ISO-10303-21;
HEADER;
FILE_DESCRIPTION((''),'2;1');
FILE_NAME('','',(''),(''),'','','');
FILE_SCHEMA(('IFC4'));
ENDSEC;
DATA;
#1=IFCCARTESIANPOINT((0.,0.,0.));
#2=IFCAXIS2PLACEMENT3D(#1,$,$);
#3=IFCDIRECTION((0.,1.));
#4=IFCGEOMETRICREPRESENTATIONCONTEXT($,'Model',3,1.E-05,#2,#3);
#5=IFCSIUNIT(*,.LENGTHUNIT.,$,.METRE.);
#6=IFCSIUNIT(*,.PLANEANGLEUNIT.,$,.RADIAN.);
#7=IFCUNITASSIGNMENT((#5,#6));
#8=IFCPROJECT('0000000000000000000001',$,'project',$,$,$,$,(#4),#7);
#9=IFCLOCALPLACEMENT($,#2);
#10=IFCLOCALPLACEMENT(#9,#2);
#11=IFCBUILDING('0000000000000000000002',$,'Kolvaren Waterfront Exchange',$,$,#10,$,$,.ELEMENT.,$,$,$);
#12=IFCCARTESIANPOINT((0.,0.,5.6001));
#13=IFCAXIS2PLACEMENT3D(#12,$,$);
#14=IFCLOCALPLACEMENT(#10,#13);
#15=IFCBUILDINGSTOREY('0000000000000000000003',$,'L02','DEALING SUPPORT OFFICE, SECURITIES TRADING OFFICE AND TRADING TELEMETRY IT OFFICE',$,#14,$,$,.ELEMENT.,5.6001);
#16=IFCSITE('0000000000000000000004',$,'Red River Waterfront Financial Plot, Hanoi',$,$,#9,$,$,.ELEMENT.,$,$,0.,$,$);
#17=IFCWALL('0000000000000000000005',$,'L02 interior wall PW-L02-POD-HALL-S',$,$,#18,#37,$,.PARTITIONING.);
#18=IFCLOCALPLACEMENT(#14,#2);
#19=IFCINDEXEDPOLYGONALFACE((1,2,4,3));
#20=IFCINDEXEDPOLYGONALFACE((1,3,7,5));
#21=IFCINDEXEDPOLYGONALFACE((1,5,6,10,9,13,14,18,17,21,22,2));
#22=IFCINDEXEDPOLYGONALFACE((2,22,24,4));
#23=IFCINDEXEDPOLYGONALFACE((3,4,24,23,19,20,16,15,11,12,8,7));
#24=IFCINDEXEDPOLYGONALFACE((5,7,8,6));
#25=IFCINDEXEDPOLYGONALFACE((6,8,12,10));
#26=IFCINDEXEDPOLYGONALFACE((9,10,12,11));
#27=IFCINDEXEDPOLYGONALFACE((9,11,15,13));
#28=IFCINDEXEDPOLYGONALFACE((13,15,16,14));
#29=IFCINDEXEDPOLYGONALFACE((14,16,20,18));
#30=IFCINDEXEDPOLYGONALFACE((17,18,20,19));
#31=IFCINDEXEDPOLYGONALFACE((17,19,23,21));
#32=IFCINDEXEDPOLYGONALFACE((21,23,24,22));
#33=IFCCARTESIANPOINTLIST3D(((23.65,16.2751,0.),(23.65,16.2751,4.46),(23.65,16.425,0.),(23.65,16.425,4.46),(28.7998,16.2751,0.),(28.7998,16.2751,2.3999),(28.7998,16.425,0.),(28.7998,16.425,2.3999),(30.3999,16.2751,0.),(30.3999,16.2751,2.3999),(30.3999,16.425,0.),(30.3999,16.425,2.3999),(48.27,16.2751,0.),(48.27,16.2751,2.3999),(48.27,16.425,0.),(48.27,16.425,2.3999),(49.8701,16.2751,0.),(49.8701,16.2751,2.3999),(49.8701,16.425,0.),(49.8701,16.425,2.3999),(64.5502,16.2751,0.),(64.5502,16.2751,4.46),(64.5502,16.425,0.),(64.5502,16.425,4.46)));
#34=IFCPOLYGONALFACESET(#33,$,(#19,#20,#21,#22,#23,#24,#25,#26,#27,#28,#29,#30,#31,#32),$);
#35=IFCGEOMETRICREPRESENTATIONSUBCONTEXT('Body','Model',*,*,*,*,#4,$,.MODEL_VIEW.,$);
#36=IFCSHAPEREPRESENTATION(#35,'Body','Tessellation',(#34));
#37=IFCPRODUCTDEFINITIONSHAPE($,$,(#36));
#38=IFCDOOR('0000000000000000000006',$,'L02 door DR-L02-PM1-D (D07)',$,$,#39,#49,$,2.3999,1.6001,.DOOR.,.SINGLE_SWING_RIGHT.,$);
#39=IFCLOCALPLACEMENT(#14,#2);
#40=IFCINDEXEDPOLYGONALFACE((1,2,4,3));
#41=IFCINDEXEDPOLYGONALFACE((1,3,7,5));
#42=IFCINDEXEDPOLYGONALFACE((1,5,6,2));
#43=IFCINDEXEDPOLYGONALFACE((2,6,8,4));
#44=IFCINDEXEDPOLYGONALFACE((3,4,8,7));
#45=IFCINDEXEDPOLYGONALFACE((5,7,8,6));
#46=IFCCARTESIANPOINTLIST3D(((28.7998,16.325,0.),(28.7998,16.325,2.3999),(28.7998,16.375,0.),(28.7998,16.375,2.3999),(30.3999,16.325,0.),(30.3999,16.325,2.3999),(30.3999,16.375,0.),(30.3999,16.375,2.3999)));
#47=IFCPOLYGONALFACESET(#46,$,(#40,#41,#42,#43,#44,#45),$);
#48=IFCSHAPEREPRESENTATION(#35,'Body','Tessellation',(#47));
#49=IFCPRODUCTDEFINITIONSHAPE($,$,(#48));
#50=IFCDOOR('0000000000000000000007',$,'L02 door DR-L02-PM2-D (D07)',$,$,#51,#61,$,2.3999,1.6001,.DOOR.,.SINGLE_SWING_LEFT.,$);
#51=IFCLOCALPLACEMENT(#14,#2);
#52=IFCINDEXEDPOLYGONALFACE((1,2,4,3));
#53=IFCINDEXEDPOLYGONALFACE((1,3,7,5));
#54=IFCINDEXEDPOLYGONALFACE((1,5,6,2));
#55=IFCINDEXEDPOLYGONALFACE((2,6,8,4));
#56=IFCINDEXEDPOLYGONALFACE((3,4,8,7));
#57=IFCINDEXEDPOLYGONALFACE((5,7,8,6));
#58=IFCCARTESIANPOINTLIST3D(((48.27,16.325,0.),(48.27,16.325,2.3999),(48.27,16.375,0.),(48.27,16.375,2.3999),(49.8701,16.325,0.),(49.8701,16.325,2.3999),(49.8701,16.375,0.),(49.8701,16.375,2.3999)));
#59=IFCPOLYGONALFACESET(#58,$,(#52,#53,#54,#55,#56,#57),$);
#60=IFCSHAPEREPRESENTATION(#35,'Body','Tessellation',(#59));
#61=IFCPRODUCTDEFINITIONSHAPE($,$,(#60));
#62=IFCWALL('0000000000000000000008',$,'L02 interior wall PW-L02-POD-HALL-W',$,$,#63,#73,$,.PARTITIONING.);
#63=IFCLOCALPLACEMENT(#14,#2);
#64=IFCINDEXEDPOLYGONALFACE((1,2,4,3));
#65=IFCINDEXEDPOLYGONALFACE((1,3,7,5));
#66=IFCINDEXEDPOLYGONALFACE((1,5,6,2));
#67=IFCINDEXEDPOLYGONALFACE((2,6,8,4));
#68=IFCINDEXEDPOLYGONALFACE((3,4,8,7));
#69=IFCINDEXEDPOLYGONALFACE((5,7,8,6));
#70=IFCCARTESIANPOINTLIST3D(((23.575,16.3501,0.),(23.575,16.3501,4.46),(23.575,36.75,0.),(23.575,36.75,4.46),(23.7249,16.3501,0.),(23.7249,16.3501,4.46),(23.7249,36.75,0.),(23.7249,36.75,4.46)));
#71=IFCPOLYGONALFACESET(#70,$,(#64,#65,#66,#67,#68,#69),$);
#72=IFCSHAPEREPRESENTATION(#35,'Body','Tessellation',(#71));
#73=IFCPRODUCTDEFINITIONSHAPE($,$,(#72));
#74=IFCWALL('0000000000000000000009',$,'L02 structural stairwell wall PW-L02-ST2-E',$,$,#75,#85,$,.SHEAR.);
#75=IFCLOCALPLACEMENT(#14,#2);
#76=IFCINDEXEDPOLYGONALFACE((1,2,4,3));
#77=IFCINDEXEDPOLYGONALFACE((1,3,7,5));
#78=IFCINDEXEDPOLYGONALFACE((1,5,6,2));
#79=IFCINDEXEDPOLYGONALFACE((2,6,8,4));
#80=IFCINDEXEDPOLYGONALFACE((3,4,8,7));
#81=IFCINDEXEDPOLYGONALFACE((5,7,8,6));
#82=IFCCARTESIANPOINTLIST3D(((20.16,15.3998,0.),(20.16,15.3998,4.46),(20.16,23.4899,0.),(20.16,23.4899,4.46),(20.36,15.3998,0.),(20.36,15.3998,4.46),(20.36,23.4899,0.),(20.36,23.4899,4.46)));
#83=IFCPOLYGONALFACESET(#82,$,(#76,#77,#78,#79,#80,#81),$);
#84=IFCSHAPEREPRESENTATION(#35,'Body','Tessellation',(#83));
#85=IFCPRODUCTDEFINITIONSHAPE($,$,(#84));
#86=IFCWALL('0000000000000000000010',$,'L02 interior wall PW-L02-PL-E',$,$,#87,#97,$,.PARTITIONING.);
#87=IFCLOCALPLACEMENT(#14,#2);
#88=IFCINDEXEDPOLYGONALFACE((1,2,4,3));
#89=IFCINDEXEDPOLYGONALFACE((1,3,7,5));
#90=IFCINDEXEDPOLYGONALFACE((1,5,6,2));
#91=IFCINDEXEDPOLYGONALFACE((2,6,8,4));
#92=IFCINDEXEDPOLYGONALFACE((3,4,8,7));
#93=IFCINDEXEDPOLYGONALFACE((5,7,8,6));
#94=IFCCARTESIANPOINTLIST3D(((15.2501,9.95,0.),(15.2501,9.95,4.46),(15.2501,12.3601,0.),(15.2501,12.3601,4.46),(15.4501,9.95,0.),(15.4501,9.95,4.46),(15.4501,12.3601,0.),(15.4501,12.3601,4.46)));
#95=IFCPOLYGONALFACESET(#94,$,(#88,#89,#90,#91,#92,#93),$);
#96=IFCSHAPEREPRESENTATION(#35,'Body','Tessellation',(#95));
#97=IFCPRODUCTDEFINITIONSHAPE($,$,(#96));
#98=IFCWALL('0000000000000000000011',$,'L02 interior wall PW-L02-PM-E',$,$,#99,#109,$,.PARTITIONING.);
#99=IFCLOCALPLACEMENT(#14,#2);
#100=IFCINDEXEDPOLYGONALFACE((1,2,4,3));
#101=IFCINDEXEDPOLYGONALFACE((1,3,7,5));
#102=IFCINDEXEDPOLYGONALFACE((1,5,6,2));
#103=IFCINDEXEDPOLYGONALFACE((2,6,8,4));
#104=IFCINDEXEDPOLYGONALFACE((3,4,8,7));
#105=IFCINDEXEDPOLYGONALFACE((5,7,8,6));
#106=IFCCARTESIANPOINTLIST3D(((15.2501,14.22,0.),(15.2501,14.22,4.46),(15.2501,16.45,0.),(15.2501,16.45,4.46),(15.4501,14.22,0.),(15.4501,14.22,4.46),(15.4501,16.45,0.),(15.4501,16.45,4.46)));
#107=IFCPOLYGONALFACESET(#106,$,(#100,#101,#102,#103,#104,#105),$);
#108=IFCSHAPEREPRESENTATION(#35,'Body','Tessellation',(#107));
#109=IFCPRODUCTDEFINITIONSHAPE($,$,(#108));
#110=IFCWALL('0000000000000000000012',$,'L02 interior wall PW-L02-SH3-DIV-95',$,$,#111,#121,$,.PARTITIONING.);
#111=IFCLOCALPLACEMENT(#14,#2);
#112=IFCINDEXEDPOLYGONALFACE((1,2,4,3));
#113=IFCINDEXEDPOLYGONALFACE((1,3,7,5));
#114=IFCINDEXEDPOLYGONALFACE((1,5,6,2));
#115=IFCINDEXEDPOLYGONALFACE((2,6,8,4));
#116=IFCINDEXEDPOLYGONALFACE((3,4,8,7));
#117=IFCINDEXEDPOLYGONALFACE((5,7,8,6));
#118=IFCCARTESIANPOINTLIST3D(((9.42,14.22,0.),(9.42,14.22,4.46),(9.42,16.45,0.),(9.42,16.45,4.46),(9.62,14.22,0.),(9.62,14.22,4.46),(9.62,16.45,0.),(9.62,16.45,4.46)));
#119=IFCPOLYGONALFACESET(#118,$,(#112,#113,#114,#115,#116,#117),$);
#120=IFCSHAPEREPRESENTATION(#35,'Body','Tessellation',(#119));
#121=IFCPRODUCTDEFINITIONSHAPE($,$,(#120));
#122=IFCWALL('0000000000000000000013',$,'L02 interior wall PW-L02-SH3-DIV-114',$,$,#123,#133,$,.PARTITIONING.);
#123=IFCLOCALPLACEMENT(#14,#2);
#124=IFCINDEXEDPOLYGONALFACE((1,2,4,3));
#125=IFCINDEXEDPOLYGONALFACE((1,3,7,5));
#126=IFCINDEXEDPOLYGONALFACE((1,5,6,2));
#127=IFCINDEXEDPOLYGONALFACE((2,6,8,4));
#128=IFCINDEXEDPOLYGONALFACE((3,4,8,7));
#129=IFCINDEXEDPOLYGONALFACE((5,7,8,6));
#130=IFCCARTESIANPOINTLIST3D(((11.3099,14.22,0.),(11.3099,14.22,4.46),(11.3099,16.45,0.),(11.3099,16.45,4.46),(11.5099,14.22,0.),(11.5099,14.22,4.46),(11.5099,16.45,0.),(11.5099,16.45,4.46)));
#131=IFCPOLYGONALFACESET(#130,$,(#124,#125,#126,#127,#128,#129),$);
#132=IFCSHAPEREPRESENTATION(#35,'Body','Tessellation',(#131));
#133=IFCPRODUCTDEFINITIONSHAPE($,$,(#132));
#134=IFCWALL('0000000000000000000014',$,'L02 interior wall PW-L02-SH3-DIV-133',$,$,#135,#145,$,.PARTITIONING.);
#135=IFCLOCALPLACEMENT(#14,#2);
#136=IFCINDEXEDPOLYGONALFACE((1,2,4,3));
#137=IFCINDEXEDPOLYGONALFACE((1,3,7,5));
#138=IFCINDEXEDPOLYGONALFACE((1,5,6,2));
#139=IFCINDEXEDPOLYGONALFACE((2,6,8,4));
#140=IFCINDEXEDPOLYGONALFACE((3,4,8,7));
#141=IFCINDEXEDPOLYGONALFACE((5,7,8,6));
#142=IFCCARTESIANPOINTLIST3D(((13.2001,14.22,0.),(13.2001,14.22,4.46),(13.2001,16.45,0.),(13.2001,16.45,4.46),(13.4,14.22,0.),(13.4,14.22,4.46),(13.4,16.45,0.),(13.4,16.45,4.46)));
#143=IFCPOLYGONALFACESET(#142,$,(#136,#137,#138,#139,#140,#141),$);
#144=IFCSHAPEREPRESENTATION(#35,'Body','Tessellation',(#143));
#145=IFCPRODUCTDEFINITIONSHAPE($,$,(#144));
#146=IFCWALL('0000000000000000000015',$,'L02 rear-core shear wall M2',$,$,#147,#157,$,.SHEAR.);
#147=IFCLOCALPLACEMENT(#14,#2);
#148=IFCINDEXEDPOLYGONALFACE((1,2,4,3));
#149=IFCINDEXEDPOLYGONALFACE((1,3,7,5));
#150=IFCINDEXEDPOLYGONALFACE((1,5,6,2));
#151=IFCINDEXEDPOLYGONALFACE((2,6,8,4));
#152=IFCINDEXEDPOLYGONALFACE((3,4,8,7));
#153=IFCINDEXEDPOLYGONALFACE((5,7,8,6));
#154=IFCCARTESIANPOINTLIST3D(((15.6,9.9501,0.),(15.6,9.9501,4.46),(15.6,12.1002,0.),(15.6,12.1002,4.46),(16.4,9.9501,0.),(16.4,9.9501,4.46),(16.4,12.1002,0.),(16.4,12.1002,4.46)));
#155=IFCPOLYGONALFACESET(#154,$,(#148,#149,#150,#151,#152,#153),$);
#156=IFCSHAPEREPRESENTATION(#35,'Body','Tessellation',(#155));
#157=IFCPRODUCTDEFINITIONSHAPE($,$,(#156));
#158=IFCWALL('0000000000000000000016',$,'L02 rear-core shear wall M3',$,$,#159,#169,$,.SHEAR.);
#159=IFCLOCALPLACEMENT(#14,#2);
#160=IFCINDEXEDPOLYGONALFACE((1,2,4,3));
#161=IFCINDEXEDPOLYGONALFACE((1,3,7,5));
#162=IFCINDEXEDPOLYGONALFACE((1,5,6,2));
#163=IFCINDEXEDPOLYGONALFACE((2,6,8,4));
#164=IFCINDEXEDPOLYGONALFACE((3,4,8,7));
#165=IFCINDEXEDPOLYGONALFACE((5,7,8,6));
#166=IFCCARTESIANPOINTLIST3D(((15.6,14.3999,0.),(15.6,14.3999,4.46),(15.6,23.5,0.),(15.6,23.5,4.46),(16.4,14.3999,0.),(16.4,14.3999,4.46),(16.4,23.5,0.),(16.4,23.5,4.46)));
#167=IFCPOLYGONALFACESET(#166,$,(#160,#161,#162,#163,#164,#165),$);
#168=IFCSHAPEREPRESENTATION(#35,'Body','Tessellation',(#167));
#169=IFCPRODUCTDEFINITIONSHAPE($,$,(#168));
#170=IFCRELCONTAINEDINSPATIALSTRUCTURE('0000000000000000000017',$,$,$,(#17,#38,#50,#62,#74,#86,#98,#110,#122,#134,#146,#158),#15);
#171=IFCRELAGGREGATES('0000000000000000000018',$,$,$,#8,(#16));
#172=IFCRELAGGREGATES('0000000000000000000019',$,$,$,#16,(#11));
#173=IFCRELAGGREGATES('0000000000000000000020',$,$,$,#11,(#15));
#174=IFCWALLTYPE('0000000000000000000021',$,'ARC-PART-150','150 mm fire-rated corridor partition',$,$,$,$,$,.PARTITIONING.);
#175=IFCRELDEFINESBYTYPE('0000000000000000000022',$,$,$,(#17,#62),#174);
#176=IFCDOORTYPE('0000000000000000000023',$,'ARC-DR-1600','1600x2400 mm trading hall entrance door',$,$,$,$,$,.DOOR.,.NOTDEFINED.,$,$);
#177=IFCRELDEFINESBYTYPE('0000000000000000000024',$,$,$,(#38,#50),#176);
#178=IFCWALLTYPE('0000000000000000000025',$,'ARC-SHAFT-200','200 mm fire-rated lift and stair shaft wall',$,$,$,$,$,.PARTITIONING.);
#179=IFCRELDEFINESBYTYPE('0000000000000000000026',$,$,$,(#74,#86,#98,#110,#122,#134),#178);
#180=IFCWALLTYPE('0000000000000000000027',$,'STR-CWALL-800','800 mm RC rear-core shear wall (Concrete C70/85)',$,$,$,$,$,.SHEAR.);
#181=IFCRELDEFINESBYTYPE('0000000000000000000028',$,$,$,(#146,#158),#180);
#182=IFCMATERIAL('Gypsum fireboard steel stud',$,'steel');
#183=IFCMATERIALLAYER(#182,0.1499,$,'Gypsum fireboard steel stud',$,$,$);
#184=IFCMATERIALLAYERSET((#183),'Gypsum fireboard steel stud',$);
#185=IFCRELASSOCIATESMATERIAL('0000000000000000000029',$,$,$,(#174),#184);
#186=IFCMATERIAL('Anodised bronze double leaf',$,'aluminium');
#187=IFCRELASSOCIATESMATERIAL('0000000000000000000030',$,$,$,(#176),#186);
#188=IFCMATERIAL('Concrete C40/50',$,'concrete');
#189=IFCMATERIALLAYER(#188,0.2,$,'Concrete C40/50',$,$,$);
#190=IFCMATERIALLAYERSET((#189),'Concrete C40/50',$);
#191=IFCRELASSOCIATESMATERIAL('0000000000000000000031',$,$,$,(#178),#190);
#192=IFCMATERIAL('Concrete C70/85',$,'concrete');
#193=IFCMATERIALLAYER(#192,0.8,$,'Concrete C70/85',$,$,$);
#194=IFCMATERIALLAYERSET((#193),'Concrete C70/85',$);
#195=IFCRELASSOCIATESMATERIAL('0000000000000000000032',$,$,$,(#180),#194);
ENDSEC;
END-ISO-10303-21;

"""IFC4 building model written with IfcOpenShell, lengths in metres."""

from ifc_helpers import new_model, si_unit, direction, frame, frame_2d, origin, place, context, subcontext, project, spatial, rectangle, extrude, material, layer, layer_set, type_object, element, fill, save


model = new_model("IFC4")

# Units and contexts
model_context = context("Model", 3, precision=1e-05, world=origin(), true_north=direction((0.0, 1.0)))
body_context = subcontext(model_context, "Body", "Model", "MODEL_VIEW")
ifc_project = project(units=[si_unit("LENGTHUNIT", "METRE"), si_unit("PLANEANGLEUNIT", "RADIAN")], contexts=[model_context])

# Site, building, storey
site_placement = place(None, origin())
site = spatial("IfcSite", under=ifc_project, at=site_placement, Name="Red River Waterfront Financial Plot, Hanoi", CompositionType="ELEMENT", RefElevation=0.0)
building_placement = place(site_placement, origin())
building = spatial("IfcBuilding", under=site, at=building_placement, Name="Kolvaren Waterfront Exchange", CompositionType="ELEMENT")
storey_placement = place(building_placement, frame((0.0, 0.0, 5.6001)))
storey = spatial("IfcBuildingStorey", under=building, at=storey_placement, Name="L02", Description="DEALING SUPPORT OFFICE, SECURITIES TRADING OFFICE AND TRADING TELEMETRY IT OFFICE", CompositionType="ELEMENT", Elevation=5.6001)

# Shared definitions
ifc_material_1 = material(Name="Concrete C70/85", Category="concrete")

# Wall, openings, doors
ifc_material_2 = material(Name="Gypsum fireboard steel stud", Category="steel")
ifc_layer_1 = layer(ifc_material_2, 0.1499, Name="Gypsum fireboard steel stud")
ifc_layer_set_1 = layer_set([ifc_layer_1], Name="Gypsum fireboard steel stud")
wall_type_1 = type_object("IfcWallType", Name="ARC-PART-150", Description="150 mm fire-rated corridor partition", PredefinedType="PARTITIONING", material=ifc_layer_set_1)
wall_1_placement = place(storey_placement, frame((23.6499, 16.3501, 0.0), z_axis=(0.0, 0.0, 1.0), x_axis=(1.0, 0.0, 0.0)))
wall_1 = element("IfcWall", 1, at=wall_1_placement, inside=storey, type_object=wall_type_1, Name="L02 interior wall PW-L02-POD-HALL-S", PredefinedType="PARTITIONING", context=body_context, shape_type="SweptSolid", body=[
    extrude(rectangle(XDim=40.9001, YDim=0.1499, at=frame_2d((20.4502, 0.0))), origin(), (0.0, 0.0, 1.0), 4.46),
])
opening_1_placement = place(wall_1_placement, frame((5.1499, 0.0, 0.0)))
opening_1 = element("IfcOpeningElement", 2, at=opening_1_placement, cuts=wall_1, PredefinedType="OPENING", context=body_context, shape_type="SweptSolid", body=[
    extrude(rectangle(XDim=1.6001, YDim=2.3999, at=frame_2d((0.8, 1.2))), frame((0.0, 0.085, 0.0), z_axis=(0.0, -1.0, 0.0), x_axis=(1.0, 0.0, 0.0)), (0.0, 0.0, 1.0), 0.1699),
])
opening_2_placement = place(wall_1_placement, frame((24.6201, 0.0, 0.0)))
opening_2 = element("IfcOpeningElement", 3, at=opening_2_placement, cuts=wall_1, PredefinedType="OPENING", context=body_context, shape_type="SweptSolid", body=[
    extrude(rectangle(XDim=1.6001, YDim=2.3999, at=frame_2d((0.8, 1.2))), frame((0.0, 0.085, 0.0), z_axis=(0.0, -1.0, 0.0), x_axis=(1.0, 0.0, 0.0)), (0.0, 0.0, 1.0), 0.1699),
])
ifc_material_3 = material(Name="Anodised bronze double leaf", Category="aluminium")
door_type_1 = type_object("IfcDoorType", Name="ARC-DR-1600", Description="1600x2400 mm trading hall entrance door", OperationType="NOTDEFINED", PredefinedType="DOOR", material=ifc_material_3)
door_1_placement = place(opening_1_placement, origin())
door_1 = element("IfcDoor", 4, at=door_1_placement, inside=storey, type_object=door_type_1, Name="L02 door DR-L02-PM1-D (D07)", OperationType="SINGLE_SWING_RIGHT", OverallHeight=2.3999, OverallWidth=1.6001, PredefinedType="DOOR", context=body_context, shape_type="SweptSolid", body=[
    extrude(rectangle(XDim=1.6001, YDim=2.3999, at=frame_2d((0.8, 1.2))), frame((0.0, 0.0249, 0.0), z_axis=(0.0, -1.0, 0.0), x_axis=(1.0, 0.0, 0.0)), (0.0, 0.0, 1.0), 0.05),
])
fill(opening_1, door_1)
door_2_placement = place(opening_2_placement, origin())
door_2 = element("IfcDoor", 5, at=door_2_placement, inside=storey, type_object=door_type_1, Name="L02 door DR-L02-PM2-D (D07)", OperationType="SINGLE_SWING_LEFT", OverallHeight=2.3999, OverallWidth=1.6001, PredefinedType="DOOR", context=body_context, shape_type="SweptSolid", body=[
    extrude(rectangle(XDim=1.6001, YDim=2.3999, at=frame_2d((0.8, 1.2))), frame((0.0, 0.0249, 0.0), z_axis=(0.0, -1.0, 0.0), x_axis=(1.0, 0.0, 0.0)), (0.0, 0.0, 1.0), 0.05),
])
fill(opening_2, door_2)

# Walls
wall_2_placement = place(storey_placement, frame((23.6499, 16.3501, 0.0), z_axis=(0.0, 0.0, 1.0), x_axis=(0.0, 1.0, 0.0)))
element("IfcWall", 6, at=wall_2_placement, inside=storey, type_object=wall_type_1, Name="L02 interior wall PW-L02-POD-HALL-W", PredefinedType="PARTITIONING", context=body_context, shape_type="SweptSolid", body=[
    extrude(rectangle(XDim=20.3999, YDim=0.1499, at=frame_2d((10.2, 0.0))), origin(), (0.0, 0.0, 1.0), 4.46),
])
ifc_material_4 = material(Name="Concrete C40/50", Category="concrete")
ifc_layer_2 = layer(ifc_material_4, 0.2, Name="Concrete C40/50")
ifc_layer_set_2 = layer_set([ifc_layer_2], Name="Concrete C40/50")
wall_type_2 = type_object("IfcWallType", Name="ARC-SHAFT-200", Description="200 mm fire-rated lift and stair shaft wall", PredefinedType="PARTITIONING", material=ifc_layer_set_2)
wall_3_placement = place(storey_placement, frame((20.26, 15.3999, 0.0), z_axis=(0.0, 0.0, 1.0), x_axis=(0.0, 1.0, 0.0)))
element("IfcWall", 7, at=wall_3_placement, inside=storey, type_object=wall_type_2, Name="L02 structural stairwell wall PW-L02-ST2-E", PredefinedType="SHEAR", context=body_context, shape_type="SweptSolid", body=[
    extrude(rectangle(XDim=8.0901, YDim=0.2, at=frame_2d((4.0449, 0.0))), origin(), (0.0, 0.0, 1.0), 4.46),
])
wall_4_placement = place(storey_placement, frame((15.3501, 9.95, 0.0), z_axis=(0.0, 0.0, 1.0), x_axis=(0.0, 1.0, 0.0)))
element("IfcWall", 8, at=wall_4_placement, inside=storey, type_object=wall_type_2, Name="L02 interior wall PW-L02-PL-E", PredefinedType="PARTITIONING", context=body_context, shape_type="SweptSolid", body=[
    extrude(rectangle(XDim=2.4102, YDim=0.2, at=frame_2d((1.2051, 0.0))), origin(), (0.0, 0.0, 1.0), 4.46),
])
for number, where, z_axis, x_axis, name in (
    (9, (15.3501, 14.22, 0.0), (0.0, 0.0, 1.0), (0.0, 1.0, 0.0), "L02 interior wall PW-L02-PM-E"),
    (10, (9.52, 14.22, 0.0), (0.0, 0.0, 1.0), (0.0, 1.0, 0.0), "L02 interior wall PW-L02-SH3-DIV-95"),
    (11, (11.4099, 14.22, 0.0), (0.0, 0.0, 1.0), (0.0, 1.0, 0.0), "L02 interior wall PW-L02-SH3-DIV-114"),
    (12, (13.3, 14.22, 0.0), (0.0, 0.0, 1.0), (0.0, 1.0, 0.0), "L02 interior wall PW-L02-SH3-DIV-133"),
):
    element("IfcWall", number, at=place(storey_placement, frame(where, z_axis=z_axis, x_axis=x_axis)), inside=storey, type_object=wall_type_2, Name=name, PredefinedType="PARTITIONING", context=body_context, shape_type="SweptSolid", body=[
        extrude(rectangle(XDim=2.23, YDim=0.2, at=frame_2d((1.115, 0.0))), origin(), (0.0, 0.0, 1.0), 4.46),
    ])
ifc_layer_3 = layer(ifc_material_1, 0.8, Name="Concrete C70/85")
ifc_layer_set_3 = layer_set([ifc_layer_3], Name="Concrete C70/85")
wall_type_3 = type_object("IfcWallType", Name="STR-CWALL-800", Description="800 mm RC rear-core shear wall (Concrete C70/85)", PredefinedType="SHEAR", material=ifc_layer_set_3)
wall_5_placement = place(storey_placement, frame((16.0, 9.95, 0.0), z_axis=(0.0, 0.0, 1.0), x_axis=(0.0, 1.0, 0.0)))
element("IfcWall", 13, at=wall_5_placement, inside=storey, type_object=wall_type_3, Name="L02 rear-core shear wall M2", PredefinedType="SHEAR", context=body_context, shape_type="SweptSolid", body=[
    extrude(rectangle(XDim=2.1501, YDim=0.8, at=frame_2d((1.0752, 0.0))), origin(), (0.0, 0.0, 1.0), 4.46),
])
wall_6_placement = place(storey_placement, frame((16.0, 14.3999, 0.0), z_axis=(0.0, 0.0, 1.0), x_axis=(0.0, 1.0, 0.0)))
element("IfcWall", 14, at=wall_6_placement, inside=storey, type_object=wall_type_3, Name="L02 rear-core shear wall M3", PredefinedType="SHEAR", context=body_context, shape_type="SweptSolid", body=[
    extrude(rectangle(XDim=9.1001, YDim=0.8, at=frame_2d((4.55, 0.0))), origin(), (0.0, 0.0, 1.0), 4.46),
])

save(model, "model.ifc")
